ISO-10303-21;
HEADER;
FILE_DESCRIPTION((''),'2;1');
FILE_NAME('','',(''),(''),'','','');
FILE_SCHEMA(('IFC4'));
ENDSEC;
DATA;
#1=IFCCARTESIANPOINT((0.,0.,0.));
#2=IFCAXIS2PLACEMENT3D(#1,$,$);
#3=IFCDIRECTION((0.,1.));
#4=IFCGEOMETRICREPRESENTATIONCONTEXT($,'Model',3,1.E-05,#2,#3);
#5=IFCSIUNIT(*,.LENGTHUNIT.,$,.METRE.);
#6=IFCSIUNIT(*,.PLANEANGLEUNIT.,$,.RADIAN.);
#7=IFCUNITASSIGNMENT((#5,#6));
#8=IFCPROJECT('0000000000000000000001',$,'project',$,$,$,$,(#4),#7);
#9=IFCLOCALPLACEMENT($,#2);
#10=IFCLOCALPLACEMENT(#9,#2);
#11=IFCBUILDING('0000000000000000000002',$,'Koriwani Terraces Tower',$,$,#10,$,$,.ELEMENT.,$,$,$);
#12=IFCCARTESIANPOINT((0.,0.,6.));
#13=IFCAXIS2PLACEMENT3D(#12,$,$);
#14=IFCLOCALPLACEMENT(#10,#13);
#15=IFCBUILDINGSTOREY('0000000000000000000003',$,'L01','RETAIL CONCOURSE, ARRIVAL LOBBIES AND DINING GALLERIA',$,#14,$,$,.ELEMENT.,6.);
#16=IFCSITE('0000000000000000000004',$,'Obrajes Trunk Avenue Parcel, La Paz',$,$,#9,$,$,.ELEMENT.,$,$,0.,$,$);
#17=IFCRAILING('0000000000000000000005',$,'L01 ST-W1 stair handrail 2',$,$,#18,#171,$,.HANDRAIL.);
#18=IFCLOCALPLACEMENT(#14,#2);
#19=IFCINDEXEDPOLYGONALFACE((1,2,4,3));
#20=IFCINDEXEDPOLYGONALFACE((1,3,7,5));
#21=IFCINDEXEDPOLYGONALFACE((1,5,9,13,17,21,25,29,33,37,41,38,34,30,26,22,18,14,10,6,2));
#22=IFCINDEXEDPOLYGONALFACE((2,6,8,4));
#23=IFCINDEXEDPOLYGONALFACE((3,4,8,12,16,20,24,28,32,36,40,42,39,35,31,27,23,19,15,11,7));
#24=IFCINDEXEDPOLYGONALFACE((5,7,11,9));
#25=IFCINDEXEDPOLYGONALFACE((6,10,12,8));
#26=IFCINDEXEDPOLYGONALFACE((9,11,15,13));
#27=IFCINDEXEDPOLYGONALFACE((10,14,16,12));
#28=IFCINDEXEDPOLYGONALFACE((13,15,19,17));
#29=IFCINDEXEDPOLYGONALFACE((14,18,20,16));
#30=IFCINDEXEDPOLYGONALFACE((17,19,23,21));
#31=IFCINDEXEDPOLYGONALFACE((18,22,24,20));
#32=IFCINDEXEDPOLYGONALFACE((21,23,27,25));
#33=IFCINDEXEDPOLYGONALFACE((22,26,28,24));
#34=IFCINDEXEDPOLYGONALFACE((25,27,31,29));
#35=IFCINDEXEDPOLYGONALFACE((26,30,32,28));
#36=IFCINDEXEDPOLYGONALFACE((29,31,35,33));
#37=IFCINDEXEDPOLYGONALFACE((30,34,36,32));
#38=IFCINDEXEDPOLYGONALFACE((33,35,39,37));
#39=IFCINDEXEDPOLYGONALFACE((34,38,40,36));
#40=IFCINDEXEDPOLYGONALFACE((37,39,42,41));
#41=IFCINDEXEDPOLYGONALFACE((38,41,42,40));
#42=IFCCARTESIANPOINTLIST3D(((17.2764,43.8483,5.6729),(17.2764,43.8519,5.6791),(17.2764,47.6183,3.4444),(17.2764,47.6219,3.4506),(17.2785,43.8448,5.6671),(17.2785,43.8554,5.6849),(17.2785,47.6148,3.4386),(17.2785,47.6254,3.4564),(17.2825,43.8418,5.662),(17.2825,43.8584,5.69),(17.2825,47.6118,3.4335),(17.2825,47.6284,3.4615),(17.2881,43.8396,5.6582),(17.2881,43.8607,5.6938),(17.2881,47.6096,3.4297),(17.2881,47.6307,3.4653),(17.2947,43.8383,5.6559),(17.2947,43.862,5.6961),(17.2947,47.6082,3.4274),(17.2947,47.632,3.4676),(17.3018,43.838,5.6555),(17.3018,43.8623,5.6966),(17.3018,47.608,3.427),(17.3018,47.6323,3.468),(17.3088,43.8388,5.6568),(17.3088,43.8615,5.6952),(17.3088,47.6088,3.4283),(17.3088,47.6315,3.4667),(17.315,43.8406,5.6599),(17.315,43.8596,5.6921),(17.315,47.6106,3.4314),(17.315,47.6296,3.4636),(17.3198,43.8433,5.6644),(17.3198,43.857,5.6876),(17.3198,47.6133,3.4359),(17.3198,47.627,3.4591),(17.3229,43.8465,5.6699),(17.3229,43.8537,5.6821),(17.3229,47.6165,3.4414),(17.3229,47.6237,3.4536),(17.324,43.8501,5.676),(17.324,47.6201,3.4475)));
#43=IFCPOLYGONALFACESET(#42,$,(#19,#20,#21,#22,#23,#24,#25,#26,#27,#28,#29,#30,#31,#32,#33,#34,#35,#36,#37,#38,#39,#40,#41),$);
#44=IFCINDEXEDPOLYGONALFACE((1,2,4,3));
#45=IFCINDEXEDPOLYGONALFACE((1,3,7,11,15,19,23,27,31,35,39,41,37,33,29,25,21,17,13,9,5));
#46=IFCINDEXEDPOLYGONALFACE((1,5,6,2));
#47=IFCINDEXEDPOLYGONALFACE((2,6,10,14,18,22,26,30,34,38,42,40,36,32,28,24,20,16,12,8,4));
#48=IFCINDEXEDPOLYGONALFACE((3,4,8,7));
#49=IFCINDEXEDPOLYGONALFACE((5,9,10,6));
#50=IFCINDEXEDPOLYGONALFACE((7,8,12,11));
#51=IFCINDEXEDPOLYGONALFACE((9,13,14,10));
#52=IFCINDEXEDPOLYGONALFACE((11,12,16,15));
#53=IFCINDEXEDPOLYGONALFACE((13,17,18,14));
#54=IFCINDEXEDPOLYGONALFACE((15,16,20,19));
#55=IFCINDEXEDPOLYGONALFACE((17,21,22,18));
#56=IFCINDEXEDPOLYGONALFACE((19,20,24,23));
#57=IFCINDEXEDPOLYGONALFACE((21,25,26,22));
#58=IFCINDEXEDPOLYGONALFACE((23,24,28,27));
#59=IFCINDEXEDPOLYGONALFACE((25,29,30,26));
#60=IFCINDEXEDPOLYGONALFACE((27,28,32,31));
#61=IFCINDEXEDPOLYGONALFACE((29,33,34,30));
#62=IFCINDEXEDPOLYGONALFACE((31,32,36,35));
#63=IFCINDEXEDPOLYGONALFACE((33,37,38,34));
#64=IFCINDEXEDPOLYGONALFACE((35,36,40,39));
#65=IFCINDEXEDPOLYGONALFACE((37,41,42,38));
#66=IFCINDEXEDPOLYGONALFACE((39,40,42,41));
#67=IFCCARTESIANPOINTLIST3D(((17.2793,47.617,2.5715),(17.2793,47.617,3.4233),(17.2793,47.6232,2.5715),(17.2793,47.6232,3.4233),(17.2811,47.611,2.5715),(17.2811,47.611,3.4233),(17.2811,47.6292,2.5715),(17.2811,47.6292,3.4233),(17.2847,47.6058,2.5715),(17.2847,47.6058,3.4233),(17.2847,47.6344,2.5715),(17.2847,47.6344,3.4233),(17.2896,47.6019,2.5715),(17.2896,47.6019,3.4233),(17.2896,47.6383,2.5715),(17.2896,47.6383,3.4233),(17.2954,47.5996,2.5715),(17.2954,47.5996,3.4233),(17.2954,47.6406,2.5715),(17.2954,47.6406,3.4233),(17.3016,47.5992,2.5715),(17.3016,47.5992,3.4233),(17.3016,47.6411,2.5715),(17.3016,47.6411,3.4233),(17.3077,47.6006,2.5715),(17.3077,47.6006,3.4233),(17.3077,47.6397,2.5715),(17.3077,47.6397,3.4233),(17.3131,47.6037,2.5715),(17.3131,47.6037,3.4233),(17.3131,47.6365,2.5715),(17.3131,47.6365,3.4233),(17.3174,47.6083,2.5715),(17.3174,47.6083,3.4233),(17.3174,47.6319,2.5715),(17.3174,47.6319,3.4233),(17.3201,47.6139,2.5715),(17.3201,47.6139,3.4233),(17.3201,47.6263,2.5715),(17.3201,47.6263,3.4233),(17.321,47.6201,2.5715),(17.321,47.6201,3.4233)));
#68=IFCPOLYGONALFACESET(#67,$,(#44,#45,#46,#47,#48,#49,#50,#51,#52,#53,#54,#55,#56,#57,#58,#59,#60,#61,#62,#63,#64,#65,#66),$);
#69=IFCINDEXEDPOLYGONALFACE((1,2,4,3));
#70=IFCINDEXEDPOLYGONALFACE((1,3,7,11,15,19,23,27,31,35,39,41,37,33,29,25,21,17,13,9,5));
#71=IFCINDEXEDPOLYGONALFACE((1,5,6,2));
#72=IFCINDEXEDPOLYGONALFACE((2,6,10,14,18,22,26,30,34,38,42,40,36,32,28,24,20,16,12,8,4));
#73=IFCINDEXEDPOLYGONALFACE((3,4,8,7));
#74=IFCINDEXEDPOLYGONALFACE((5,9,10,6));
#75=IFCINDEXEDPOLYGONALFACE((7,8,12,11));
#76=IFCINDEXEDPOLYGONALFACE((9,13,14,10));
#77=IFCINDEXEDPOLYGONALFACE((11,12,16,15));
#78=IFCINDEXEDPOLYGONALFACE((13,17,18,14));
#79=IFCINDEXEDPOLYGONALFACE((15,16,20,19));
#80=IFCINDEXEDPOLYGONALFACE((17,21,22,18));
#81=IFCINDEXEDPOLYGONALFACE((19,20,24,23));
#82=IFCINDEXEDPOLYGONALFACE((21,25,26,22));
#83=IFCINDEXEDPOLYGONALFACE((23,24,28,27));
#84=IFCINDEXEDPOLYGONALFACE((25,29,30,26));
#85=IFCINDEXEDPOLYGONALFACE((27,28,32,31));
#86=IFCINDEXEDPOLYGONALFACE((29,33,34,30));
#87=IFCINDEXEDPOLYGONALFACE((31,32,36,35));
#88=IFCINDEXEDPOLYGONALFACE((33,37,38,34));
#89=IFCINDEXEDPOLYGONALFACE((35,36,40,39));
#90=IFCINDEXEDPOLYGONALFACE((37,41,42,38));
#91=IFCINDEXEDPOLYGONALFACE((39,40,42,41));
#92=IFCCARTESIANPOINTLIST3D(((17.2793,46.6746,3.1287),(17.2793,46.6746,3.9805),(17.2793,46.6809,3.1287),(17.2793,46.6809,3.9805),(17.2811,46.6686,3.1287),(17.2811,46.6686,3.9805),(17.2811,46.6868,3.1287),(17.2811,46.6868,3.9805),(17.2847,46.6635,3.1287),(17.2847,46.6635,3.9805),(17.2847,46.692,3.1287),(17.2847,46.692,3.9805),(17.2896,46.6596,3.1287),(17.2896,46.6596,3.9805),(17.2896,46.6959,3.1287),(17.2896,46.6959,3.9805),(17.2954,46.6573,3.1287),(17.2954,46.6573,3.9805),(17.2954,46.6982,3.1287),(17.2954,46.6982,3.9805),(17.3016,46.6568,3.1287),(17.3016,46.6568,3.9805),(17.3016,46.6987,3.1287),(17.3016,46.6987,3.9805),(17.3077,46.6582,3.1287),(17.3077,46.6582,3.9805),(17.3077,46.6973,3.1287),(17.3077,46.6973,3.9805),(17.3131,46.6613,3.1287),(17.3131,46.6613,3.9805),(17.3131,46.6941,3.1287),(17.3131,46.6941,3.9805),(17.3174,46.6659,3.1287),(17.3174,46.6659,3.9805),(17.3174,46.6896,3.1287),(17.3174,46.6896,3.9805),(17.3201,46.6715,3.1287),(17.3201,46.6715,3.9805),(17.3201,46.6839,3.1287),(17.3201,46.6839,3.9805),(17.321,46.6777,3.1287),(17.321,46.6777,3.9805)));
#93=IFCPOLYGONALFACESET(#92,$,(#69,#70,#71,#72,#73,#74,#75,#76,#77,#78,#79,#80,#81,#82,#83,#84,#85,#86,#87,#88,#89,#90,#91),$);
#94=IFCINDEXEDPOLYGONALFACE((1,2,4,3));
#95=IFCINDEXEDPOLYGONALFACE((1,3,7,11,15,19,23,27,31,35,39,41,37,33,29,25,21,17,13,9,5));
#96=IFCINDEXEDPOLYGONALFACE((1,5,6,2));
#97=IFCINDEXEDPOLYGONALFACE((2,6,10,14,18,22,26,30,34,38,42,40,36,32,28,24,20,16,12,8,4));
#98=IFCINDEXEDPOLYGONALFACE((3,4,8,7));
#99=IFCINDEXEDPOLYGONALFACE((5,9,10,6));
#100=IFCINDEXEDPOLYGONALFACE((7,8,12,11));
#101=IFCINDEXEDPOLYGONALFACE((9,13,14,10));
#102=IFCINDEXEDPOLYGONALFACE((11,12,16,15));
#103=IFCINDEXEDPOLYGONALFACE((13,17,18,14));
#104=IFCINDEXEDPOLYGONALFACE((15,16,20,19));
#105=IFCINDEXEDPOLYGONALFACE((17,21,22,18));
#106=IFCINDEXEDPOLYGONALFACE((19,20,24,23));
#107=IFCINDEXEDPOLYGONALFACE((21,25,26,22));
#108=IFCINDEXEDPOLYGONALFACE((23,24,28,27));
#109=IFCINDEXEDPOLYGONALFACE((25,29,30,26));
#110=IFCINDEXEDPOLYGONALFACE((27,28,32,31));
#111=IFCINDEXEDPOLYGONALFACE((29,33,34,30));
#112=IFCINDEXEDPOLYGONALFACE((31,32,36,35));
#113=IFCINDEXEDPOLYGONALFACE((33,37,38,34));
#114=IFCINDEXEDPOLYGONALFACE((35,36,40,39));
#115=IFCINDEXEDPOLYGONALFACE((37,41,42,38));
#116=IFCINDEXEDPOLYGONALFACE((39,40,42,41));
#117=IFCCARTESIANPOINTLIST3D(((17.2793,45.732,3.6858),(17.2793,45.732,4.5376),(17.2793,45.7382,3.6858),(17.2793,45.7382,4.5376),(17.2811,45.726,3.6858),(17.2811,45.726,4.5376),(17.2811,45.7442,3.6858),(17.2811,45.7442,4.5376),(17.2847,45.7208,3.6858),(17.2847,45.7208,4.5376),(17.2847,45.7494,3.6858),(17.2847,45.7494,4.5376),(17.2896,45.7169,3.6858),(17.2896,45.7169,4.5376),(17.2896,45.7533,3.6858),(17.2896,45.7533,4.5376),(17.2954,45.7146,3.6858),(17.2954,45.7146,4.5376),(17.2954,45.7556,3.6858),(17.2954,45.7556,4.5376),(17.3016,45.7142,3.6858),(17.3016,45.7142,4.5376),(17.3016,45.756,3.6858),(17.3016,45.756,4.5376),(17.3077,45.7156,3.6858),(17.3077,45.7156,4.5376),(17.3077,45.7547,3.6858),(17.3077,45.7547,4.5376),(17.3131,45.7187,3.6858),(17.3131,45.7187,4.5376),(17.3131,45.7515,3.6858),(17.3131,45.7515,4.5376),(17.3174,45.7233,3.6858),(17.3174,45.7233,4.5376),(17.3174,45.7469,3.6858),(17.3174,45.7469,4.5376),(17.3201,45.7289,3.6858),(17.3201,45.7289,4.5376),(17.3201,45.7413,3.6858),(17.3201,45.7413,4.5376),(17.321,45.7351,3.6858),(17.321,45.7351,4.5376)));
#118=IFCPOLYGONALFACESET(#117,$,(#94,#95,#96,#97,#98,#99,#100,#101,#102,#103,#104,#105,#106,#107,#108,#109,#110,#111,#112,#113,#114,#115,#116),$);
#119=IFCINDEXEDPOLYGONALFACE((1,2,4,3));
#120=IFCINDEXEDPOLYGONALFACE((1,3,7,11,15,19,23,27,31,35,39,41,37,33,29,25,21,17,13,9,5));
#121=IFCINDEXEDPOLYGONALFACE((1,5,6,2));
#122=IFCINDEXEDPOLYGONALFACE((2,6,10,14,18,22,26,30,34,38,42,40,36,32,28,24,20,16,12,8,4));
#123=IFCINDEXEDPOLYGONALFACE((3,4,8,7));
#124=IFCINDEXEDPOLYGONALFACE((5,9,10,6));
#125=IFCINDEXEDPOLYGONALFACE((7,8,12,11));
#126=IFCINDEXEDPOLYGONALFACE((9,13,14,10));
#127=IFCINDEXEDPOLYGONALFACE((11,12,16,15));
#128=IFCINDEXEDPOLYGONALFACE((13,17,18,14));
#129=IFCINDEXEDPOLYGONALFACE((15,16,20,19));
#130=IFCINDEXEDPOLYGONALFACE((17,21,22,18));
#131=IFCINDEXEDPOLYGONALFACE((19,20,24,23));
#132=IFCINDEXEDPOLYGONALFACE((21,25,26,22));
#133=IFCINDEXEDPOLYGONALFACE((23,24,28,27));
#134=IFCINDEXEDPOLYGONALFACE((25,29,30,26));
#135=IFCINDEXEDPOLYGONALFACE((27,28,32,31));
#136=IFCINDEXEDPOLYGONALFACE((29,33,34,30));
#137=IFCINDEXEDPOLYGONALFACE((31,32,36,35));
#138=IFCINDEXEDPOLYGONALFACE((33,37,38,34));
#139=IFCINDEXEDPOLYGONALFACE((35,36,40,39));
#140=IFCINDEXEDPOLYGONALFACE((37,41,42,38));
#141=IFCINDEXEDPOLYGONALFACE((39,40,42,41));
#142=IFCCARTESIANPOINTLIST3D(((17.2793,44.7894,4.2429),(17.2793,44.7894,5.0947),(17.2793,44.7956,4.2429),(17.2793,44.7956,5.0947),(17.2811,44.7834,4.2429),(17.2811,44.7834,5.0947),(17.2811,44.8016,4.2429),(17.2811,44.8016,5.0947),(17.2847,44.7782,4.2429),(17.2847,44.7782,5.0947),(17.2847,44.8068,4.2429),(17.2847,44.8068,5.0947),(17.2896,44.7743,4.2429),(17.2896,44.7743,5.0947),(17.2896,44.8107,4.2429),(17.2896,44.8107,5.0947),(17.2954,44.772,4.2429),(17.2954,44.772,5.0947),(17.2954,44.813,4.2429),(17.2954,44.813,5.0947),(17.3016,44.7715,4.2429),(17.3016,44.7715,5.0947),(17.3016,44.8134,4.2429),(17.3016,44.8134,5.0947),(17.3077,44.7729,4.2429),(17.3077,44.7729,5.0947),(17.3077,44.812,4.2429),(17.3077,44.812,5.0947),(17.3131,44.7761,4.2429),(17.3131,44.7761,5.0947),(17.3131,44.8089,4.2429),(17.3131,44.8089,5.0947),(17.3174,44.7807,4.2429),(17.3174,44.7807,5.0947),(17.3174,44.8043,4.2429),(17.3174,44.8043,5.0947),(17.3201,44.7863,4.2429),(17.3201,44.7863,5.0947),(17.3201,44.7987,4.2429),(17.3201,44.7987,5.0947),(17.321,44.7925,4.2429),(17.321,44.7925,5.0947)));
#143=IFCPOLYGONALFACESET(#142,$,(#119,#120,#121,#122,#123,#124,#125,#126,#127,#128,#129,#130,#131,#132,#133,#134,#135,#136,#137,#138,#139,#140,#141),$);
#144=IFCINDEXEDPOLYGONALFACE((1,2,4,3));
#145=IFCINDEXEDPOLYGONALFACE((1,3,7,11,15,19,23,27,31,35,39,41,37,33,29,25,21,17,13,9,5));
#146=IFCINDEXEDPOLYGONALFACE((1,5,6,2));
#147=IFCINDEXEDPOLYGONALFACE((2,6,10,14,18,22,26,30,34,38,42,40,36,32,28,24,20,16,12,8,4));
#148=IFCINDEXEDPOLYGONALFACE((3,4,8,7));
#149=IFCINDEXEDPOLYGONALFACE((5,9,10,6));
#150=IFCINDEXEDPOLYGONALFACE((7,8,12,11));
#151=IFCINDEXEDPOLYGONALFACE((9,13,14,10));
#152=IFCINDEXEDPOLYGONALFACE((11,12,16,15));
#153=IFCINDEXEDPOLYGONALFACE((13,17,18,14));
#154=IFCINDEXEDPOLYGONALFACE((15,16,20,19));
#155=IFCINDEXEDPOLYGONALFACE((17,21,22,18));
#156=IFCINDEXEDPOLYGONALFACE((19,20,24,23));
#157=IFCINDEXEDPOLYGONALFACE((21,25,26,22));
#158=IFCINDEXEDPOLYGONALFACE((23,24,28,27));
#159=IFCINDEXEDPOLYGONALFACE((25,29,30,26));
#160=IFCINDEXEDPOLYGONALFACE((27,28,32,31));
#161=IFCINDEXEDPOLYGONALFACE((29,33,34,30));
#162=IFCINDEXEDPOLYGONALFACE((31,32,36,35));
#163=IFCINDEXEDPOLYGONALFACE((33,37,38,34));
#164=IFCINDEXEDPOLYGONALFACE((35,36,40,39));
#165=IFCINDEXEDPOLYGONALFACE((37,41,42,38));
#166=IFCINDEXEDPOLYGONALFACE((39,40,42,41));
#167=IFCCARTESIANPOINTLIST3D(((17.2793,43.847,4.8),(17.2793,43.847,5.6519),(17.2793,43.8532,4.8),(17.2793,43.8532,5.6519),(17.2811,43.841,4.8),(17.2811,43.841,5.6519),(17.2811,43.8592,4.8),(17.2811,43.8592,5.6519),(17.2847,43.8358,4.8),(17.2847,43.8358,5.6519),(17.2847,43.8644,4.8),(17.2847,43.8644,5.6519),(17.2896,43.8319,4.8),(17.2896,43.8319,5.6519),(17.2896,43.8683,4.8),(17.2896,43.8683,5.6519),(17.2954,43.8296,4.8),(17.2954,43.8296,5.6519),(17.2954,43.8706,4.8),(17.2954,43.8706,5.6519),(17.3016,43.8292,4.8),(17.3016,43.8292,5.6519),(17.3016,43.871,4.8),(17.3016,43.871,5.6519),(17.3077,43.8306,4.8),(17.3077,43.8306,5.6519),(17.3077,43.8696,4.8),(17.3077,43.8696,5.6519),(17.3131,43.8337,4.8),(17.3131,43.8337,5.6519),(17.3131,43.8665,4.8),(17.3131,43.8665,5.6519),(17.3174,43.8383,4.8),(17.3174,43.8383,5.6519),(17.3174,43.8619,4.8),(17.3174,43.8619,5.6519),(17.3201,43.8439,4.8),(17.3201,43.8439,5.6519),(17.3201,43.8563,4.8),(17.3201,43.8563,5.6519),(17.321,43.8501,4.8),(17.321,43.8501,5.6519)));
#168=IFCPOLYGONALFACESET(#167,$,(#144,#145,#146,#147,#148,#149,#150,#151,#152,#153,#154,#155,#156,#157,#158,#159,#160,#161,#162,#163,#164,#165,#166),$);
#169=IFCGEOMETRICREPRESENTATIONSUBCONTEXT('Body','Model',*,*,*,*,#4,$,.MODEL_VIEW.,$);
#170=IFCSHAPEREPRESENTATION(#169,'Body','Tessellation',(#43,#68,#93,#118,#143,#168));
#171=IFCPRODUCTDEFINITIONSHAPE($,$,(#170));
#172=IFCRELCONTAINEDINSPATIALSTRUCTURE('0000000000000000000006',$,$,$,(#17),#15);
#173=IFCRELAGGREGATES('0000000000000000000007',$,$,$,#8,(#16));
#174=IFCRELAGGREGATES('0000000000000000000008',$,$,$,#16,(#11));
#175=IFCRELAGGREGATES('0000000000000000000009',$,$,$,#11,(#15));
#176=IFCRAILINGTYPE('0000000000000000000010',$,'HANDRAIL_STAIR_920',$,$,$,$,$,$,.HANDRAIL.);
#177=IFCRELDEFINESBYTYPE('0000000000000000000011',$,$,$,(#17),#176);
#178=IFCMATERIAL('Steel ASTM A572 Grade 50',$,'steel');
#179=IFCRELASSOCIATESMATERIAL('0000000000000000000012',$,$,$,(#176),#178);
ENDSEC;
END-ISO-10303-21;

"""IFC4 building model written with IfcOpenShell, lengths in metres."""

from ifc_helpers import new_model, si_unit, direction, frame, origin, origin_2d, place, context, subcontext, project, spatial, circle, extrude, material, type_object, element, save


model = new_model("IFC4")

# Units and contexts
model_context = context("Model", 3, precision=1e-05, world=origin(), true_north=direction((0.0, 1.0)))
body_context = subcontext(model_context, "Body", "Model", "MODEL_VIEW")
ifc_project = project(units=[si_unit("LENGTHUNIT", "METRE"), si_unit("PLANEANGLEUNIT", "RADIAN")], contexts=[model_context])

# Site, building, storey
site_placement = place(None, origin())
site = spatial("IfcSite", under=ifc_project, at=site_placement, Name="Obrajes Trunk Avenue Parcel, La Paz", CompositionType="ELEMENT", RefElevation=0.0)
building_placement = place(site_placement, origin())
building = spatial("IfcBuilding", under=site, at=building_placement, Name="Koriwani Terraces Tower", CompositionType="ELEMENT")
storey_placement = place(building_placement, frame((0.0, 0.0, 6.0)))
storey = spatial("IfcBuildingStorey", under=building, at=storey_placement, Name="L01", Description="RETAIL CONCOURSE, ARRIVAL LOBBIES AND DINING GALLERIA", CompositionType="ELEMENT", Elevation=6.0)

# Shared definitions
ifc_material_1 = material(Name="Steel ASTM A572 Grade 50", Category="steel")

# Railing
railing_type_1 = type_object("IfcRailingType", Name="HANDRAIL_STAIR_920", PredefinedType="HANDRAIL", material=ifc_material_1)
for number, where, name in (
    (1, (17.3, 47.6201, 2.5715), "L01 ST-W1 stair handrail 2"),
):
    element("IfcRailing", number, at=place(storey_placement, frame(where)), inside=storey, type_object=railing_type_1, Name=name, PredefinedType="HANDRAIL", context=body_context, shape_type="SweptSolid", body=[
        extrude(circle(Radius=0.0239, at=origin_2d()), frame((0.0, 0.0, 0.876), z_axis=(0.0, -0.860849, 0.508861), x_axis=(1.0, 0.0, 0.0)), (0.0, 0.0, 1.0), 4.3794),
        extrude(circle(Radius=0.021, at=origin_2d()), origin(), (0.0, 0.0, 1.0), 0.8518),
        extrude(circle(Radius=0.021, at=origin_2d()), frame((0.0, -0.9424, 0.5571)), (0.0, 0.0, 1.0), 0.8518),
        extrude(circle(Radius=0.021, at=origin_2d()), frame((0.0, -1.885, 1.1143)), (0.0, 0.0, 1.0), 0.8518),
        extrude(circle(Radius=0.021, at=origin_2d()), frame((0.0, -2.8276, 1.6714)), (0.0, 0.0, 1.0), 0.8518),
        extrude(circle(Radius=0.021, at=origin_2d()), frame((0.0, -3.77, 2.2285)), (0.0, 0.0, 1.0), 0.8518),
    ])

save(model, "model.ifc")
